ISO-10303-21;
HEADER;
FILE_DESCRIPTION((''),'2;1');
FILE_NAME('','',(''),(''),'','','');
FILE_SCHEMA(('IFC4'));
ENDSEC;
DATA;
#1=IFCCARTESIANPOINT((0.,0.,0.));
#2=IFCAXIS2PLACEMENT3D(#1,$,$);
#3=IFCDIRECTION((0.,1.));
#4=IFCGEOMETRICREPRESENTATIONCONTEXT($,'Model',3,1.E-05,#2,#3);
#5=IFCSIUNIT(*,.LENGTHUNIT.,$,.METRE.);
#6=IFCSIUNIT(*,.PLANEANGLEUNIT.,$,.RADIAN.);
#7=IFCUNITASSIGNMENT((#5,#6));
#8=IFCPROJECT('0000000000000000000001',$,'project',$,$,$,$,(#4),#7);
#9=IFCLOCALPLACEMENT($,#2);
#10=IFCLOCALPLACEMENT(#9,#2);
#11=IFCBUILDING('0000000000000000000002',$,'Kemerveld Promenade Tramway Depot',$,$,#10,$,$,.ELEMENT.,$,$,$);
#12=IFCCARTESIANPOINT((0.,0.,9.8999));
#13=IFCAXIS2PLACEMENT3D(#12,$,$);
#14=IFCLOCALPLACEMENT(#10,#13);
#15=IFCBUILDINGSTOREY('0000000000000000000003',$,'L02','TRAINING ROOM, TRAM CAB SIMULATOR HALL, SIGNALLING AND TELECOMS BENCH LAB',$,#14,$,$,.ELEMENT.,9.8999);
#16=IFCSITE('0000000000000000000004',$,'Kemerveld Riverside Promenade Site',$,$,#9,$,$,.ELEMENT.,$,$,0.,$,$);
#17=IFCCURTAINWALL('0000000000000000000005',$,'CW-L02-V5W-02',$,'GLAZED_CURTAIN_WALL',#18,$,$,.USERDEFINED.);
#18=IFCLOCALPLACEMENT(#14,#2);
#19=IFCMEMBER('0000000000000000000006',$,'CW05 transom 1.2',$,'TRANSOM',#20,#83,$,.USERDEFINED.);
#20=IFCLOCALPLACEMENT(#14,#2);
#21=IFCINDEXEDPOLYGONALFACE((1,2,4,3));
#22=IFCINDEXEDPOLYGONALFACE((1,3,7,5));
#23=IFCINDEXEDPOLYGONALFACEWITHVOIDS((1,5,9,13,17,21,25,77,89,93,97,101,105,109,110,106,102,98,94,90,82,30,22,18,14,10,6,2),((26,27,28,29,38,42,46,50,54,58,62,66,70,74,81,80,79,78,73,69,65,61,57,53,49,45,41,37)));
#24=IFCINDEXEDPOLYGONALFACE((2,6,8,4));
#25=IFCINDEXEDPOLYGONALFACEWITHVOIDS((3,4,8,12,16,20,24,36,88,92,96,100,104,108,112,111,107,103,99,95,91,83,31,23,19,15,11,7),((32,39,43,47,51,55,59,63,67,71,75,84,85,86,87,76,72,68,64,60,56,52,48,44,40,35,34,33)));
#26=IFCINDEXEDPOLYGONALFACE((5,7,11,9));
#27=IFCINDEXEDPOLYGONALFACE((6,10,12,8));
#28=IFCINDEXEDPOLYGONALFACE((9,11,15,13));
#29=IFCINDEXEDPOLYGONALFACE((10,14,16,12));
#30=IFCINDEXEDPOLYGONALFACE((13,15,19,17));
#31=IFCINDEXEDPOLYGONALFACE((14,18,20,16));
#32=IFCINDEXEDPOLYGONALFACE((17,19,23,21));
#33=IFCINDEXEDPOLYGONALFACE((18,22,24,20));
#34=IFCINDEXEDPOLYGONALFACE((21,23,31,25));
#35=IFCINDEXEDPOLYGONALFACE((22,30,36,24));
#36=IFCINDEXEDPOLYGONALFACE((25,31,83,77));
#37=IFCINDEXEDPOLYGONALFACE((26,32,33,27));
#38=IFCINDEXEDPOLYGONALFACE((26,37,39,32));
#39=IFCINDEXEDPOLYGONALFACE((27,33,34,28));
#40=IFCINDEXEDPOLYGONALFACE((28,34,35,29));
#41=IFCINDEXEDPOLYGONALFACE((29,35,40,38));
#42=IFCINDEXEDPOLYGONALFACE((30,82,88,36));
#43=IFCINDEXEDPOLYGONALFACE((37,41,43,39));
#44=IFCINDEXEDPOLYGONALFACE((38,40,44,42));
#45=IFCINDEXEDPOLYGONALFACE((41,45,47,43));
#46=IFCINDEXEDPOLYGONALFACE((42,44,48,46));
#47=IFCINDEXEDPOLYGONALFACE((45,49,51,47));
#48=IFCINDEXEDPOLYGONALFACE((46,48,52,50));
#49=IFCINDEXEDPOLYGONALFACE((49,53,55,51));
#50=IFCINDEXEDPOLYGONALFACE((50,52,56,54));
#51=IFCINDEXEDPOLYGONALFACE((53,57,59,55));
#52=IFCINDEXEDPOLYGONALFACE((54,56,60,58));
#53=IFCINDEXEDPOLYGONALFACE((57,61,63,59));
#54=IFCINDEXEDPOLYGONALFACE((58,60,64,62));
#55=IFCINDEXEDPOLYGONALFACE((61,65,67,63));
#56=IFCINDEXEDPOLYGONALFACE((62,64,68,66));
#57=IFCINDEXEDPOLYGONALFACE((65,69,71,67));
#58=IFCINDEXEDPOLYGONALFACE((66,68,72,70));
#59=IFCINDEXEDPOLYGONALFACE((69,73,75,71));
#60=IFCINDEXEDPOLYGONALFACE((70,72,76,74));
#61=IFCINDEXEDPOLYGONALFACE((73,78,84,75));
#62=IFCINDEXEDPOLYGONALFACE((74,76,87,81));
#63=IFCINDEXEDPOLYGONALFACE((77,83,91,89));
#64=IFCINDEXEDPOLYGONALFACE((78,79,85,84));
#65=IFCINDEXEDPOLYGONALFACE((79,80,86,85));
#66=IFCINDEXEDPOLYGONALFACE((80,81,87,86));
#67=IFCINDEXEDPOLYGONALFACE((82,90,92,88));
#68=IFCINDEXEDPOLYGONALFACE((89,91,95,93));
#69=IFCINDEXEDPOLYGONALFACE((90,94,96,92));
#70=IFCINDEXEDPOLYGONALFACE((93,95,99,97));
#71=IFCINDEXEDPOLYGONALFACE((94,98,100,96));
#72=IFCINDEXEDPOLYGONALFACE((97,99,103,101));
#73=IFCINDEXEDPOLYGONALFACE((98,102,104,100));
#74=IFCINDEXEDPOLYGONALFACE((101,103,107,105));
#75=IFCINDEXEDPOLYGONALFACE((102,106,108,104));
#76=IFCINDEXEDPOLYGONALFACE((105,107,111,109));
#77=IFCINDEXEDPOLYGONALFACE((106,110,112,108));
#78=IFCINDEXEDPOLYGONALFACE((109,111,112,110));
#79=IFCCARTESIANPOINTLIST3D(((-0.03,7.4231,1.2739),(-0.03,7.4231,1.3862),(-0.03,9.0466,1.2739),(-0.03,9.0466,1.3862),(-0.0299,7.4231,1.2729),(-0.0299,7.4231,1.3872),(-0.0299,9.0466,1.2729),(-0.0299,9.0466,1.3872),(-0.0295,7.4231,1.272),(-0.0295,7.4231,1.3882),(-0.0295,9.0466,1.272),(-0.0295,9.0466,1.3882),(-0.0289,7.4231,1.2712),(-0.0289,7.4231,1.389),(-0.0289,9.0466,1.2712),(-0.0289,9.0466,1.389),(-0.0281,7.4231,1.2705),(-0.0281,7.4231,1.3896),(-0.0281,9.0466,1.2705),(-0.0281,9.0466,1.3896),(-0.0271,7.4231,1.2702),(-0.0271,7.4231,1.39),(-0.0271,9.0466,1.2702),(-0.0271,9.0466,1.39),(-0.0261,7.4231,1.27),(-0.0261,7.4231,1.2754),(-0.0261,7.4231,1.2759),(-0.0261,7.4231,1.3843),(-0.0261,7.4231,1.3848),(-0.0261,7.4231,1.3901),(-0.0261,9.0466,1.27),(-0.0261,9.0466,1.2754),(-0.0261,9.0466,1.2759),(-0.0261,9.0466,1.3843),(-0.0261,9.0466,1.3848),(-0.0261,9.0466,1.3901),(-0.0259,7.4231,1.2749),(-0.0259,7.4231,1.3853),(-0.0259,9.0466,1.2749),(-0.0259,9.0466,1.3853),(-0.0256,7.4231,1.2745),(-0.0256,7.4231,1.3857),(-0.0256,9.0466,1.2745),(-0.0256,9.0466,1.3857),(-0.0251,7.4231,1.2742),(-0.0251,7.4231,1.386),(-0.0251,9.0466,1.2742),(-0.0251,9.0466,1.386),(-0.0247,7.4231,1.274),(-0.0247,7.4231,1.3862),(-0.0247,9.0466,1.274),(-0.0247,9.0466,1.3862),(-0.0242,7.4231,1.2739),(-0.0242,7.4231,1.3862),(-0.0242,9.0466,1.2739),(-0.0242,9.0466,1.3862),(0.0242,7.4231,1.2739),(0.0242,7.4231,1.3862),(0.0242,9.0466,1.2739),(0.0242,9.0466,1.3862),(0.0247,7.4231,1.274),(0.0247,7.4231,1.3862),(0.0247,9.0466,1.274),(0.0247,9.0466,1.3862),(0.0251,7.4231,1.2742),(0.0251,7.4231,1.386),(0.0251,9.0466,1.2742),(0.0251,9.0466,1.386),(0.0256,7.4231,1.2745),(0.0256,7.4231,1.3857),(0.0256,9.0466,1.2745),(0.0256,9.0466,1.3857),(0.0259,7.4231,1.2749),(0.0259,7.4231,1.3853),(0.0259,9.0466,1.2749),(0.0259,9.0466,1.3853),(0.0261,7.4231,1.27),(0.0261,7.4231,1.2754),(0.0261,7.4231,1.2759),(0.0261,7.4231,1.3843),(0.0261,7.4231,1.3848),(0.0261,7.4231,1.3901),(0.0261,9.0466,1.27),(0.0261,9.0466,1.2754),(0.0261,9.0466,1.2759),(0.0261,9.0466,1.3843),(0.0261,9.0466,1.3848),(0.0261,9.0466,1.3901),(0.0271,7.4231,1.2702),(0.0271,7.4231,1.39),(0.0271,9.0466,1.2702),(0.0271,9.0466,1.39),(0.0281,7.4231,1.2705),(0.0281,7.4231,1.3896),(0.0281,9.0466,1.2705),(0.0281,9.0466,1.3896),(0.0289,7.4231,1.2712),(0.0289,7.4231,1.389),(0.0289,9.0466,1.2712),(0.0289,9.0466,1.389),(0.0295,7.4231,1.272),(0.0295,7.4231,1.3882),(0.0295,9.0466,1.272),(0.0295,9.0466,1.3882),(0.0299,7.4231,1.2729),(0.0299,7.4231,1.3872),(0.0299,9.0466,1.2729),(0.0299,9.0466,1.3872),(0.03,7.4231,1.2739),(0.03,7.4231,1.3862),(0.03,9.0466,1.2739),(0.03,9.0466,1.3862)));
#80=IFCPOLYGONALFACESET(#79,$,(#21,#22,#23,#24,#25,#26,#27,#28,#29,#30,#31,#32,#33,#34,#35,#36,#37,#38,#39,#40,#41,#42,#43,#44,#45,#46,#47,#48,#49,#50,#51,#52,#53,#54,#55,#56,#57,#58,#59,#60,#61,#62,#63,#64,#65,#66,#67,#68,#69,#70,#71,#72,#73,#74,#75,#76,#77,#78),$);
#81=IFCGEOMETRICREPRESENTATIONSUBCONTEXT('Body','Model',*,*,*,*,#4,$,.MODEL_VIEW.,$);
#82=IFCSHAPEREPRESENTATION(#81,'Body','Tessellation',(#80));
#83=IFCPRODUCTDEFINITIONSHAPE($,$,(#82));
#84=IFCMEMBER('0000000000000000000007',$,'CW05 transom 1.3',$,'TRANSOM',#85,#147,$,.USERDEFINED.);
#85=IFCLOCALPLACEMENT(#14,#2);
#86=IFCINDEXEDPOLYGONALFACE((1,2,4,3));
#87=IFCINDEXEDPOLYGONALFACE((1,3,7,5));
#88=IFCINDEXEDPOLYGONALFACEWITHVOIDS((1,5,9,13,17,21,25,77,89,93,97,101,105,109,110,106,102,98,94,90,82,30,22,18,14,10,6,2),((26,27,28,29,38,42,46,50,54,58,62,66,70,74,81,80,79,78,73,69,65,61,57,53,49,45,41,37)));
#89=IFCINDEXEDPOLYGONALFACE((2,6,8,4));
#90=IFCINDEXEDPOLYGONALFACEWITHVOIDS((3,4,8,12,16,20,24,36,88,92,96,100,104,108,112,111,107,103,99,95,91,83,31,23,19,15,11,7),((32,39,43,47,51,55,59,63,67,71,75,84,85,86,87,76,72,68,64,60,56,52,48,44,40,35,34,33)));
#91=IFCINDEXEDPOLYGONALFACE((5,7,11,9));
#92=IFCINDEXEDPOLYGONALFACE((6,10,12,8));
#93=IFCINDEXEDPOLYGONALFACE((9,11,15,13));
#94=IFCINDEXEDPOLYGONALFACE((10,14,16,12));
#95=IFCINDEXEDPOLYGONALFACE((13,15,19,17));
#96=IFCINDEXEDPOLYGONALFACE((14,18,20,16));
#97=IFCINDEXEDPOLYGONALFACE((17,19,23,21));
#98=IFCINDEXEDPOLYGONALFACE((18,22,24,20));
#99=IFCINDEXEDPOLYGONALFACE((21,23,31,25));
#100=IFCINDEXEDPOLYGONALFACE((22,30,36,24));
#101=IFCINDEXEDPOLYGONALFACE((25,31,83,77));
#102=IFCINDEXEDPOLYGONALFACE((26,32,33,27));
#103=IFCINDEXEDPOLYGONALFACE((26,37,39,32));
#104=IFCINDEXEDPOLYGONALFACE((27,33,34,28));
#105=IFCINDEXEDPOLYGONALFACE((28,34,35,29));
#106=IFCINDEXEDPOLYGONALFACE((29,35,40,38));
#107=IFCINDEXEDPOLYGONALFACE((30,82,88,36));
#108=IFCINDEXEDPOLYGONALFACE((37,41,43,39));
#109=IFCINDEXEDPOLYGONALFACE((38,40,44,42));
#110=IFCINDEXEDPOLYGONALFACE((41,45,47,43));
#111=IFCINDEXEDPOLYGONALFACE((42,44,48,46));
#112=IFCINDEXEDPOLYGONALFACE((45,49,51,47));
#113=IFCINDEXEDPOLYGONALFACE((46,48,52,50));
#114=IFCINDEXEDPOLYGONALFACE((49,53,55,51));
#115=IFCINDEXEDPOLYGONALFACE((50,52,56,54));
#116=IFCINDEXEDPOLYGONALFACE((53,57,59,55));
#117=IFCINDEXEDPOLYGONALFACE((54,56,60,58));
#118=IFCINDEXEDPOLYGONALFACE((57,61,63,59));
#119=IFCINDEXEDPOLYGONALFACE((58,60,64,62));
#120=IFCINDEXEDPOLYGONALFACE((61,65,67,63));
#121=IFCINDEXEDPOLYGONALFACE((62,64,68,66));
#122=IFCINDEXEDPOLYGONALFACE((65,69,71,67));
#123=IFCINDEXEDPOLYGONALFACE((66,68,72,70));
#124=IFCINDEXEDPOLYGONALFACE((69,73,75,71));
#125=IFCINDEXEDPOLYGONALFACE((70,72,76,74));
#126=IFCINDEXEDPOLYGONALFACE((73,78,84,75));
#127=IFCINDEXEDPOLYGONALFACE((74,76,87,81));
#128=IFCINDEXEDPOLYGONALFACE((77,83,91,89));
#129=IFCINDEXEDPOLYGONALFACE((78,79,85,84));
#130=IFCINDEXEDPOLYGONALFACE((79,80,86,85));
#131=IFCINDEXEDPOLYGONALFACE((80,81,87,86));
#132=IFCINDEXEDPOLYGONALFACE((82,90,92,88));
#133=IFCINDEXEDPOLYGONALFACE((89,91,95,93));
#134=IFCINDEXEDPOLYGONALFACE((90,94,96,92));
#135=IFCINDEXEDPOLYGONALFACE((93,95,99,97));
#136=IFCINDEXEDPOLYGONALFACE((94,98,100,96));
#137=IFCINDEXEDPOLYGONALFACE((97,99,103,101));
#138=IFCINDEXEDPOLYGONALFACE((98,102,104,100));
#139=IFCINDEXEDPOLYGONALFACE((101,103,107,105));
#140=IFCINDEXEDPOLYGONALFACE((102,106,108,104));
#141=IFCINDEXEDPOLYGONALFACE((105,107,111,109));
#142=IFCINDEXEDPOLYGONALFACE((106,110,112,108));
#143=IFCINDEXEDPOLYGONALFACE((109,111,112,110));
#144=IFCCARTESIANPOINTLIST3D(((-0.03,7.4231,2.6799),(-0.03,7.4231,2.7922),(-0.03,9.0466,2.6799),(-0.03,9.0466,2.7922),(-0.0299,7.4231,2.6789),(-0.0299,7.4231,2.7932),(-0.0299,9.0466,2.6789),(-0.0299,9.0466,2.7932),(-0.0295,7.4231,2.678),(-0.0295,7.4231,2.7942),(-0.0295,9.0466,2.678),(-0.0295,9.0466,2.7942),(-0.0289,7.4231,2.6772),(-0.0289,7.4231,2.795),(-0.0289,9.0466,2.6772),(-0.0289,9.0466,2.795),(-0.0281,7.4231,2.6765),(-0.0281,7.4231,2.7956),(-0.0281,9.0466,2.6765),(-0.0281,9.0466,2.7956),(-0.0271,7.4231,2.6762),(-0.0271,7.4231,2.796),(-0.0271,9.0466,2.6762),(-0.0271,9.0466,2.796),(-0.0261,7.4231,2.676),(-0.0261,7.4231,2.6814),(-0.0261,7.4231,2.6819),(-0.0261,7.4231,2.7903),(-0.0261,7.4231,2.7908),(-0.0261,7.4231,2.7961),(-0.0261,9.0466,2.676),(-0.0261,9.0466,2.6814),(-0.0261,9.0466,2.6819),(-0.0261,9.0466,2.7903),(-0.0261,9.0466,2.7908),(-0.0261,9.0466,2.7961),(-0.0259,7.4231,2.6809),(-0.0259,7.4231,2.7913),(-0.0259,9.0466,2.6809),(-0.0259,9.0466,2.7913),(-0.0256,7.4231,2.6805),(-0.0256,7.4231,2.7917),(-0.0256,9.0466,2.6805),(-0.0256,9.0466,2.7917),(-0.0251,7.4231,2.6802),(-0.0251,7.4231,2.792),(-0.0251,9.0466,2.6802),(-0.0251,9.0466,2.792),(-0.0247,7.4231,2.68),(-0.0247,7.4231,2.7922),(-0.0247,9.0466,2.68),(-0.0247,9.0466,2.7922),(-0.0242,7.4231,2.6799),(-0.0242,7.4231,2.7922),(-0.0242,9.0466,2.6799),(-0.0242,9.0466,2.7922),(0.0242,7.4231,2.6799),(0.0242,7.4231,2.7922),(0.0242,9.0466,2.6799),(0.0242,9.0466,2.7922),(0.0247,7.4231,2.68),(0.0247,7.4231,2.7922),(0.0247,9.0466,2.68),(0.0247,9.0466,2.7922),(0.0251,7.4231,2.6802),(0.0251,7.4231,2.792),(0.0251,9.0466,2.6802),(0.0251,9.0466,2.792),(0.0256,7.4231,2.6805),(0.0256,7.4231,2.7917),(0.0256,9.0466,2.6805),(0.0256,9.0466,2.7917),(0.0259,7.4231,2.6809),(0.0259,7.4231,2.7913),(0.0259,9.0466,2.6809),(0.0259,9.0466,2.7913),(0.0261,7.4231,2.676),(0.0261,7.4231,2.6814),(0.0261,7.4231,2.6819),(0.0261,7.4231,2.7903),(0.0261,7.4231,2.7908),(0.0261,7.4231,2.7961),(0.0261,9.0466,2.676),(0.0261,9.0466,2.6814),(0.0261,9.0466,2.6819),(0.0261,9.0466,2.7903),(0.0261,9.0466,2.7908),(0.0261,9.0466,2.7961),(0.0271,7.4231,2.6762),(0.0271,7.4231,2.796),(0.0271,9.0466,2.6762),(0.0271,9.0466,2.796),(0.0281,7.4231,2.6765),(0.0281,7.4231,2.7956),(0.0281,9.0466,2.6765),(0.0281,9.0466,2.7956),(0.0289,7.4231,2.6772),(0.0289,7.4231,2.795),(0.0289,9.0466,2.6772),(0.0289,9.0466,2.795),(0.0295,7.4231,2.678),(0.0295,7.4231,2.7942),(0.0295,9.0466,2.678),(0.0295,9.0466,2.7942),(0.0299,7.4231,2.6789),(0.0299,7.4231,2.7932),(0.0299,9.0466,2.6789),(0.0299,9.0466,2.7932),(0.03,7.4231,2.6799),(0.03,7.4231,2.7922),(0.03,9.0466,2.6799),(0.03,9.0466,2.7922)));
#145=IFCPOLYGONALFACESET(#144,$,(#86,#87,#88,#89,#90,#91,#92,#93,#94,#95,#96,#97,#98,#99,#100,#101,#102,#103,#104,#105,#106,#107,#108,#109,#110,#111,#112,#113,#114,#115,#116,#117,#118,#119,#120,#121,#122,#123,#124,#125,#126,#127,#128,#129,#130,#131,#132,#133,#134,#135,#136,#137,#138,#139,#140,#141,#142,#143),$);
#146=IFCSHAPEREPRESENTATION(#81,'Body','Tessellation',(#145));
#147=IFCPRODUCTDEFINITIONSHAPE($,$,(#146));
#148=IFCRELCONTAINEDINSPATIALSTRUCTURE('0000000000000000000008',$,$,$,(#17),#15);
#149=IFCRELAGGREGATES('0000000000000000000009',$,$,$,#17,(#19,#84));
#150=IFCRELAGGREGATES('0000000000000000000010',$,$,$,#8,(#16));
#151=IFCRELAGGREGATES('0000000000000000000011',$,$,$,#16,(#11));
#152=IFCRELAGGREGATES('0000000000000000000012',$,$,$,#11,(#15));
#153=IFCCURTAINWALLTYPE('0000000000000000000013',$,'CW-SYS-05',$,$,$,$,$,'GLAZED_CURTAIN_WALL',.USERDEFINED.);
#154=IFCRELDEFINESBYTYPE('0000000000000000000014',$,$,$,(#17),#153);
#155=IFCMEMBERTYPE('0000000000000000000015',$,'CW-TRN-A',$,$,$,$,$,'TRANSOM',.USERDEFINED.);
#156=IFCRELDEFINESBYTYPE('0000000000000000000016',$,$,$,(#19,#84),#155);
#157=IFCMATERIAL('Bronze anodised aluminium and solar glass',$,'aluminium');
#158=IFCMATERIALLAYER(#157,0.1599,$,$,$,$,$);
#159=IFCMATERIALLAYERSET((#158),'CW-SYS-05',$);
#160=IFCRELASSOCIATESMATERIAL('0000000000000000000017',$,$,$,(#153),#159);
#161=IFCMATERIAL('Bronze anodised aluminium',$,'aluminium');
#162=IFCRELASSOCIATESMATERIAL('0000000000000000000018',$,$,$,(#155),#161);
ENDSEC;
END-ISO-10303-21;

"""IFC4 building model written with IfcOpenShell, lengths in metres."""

from ifc_helpers import new_model, si_unit, direction, frame, origin, origin_2d, place, context, subcontext, project, spatial, hollow_rectangle, extrude, material, layer, layer_set, material_profile, profile_set, type_object, element, aggregate, save


model = new_model("IFC4")

# Units and contexts
model_context = context("Model", 3, precision=1e-05, world=origin(), true_north=direction((0.0, 1.0)))
body_context = subcontext(model_context, "Body", "Model", "MODEL_VIEW")
ifc_project = project(units=[si_unit("LENGTHUNIT", "METRE"), si_unit("PLANEANGLEUNIT", "RADIAN")], contexts=[model_context])

# Site, building, storey
site_placement = place(None, origin())
site = spatial("IfcSite", under=ifc_project, at=site_placement, Name="Kemerveld Riverside Promenade Site", CompositionType="ELEMENT", RefElevation=0.0)
building_placement = place(site_placement, origin())
building = spatial("IfcBuilding", under=site, at=building_placement, Name="Kemerveld Promenade Tramway Depot", CompositionType="ELEMENT")
storey_placement = place(building_placement, frame((0.0, 0.0, 9.8999)))
storey = spatial("IfcBuildingStorey", under=building, at=storey_placement, Name="L02", Description="TRAINING ROOM, TRAM CAB SIMULATOR HALL, SIGNALLING AND TELECOMS BENCH LAB", CompositionType="ELEMENT", Elevation=9.8999)

# Curtain wall, members
ifc_material_1 = material(Name="Bronze anodised aluminium and solar glass", Category="aluminium")
ifc_layer_1 = layer(ifc_material_1, 0.1599)
ifc_layer_set_1 = layer_set([ifc_layer_1], Name="CW-SYS-05")
curtain_wall_type = type_object("IfcCurtainWallType", Name="CW-SYS-05", ElementType="GLAZED_CURTAIN_WALL", PredefinedType="USERDEFINED", material=ifc_layer_set_1)
curtain_wall_placement = place(storey_placement, origin())
curtain_wall = element("IfcCurtainWall", 1, at=curtain_wall_placement, inside=storey, type_object=curtain_wall_type, Name="CW-L02-V5W-02", ObjectType="GLAZED_CURTAIN_WALL", PredefinedType="USERDEFINED")
ifc_material_2 = material(Name="Bronze anodised aluminium", Category="aluminium")
ifc_material_profile_1 = material_profile(ifc_material_2, hollow_rectangle(XDim=0.0601, YDim=0.1201, WallThickness=0.0039, InnerFilletRadius=0.002, OuterFilletRadius=0.0039, at=origin_2d()), Name="CW-TRN-120x60")
ifc_profile_set_1 = profile_set([ifc_material_profile_1], Name="Bronze anodised aluminium")
member_type_1 = type_object("IfcMemberType", Name="CW-TRN-A", ElementType="TRANSOM", PredefinedType="USERDEFINED", material=ifc_profile_set_1)
member_1_placement = place(storey_placement, frame((0.0, 7.4231, 1.3301), z_axis=(0.0, 1.0, 0.0), x_axis=(-1.0, 0.0, 0.0)))
member_1 = element("IfcMember", 2, at=member_1_placement, type_object=member_type_1, Name="CW05 transom 1.2", ObjectType="TRANSOM", PredefinedType="USERDEFINED", context=body_context, shape_type="SweptSolid", body=[
    extrude(hollow_rectangle(XDim=0.0601, YDim=0.1201, WallThickness=0.0039, InnerFilletRadius=0.002, OuterFilletRadius=0.0039, at=origin_2d()), origin(), (0.0, 0.0, 1.0), 1.6235),
])
member_2_placement = place(storey_placement, frame((0.0, 7.4231, 2.7361), z_axis=(0.0, 1.0, 0.0), x_axis=(-1.0, 0.0, 0.0)))
member_2 = element("IfcMember", 3, at=member_2_placement, type_object=member_type_1, Name="CW05 transom 1.3", ObjectType="TRANSOM", PredefinedType="USERDEFINED", context=body_context, shape_type="SweptSolid", body=[
    extrude(hollow_rectangle(XDim=0.0601, YDim=0.1201, WallThickness=0.0039, InnerFilletRadius=0.002, OuterFilletRadius=0.0039, at=origin_2d()), origin(), (0.0, 0.0, 1.0), 1.6235),
])
aggregate(curtain_wall, [member_1, member_2])

save(model, "model.ifc")
